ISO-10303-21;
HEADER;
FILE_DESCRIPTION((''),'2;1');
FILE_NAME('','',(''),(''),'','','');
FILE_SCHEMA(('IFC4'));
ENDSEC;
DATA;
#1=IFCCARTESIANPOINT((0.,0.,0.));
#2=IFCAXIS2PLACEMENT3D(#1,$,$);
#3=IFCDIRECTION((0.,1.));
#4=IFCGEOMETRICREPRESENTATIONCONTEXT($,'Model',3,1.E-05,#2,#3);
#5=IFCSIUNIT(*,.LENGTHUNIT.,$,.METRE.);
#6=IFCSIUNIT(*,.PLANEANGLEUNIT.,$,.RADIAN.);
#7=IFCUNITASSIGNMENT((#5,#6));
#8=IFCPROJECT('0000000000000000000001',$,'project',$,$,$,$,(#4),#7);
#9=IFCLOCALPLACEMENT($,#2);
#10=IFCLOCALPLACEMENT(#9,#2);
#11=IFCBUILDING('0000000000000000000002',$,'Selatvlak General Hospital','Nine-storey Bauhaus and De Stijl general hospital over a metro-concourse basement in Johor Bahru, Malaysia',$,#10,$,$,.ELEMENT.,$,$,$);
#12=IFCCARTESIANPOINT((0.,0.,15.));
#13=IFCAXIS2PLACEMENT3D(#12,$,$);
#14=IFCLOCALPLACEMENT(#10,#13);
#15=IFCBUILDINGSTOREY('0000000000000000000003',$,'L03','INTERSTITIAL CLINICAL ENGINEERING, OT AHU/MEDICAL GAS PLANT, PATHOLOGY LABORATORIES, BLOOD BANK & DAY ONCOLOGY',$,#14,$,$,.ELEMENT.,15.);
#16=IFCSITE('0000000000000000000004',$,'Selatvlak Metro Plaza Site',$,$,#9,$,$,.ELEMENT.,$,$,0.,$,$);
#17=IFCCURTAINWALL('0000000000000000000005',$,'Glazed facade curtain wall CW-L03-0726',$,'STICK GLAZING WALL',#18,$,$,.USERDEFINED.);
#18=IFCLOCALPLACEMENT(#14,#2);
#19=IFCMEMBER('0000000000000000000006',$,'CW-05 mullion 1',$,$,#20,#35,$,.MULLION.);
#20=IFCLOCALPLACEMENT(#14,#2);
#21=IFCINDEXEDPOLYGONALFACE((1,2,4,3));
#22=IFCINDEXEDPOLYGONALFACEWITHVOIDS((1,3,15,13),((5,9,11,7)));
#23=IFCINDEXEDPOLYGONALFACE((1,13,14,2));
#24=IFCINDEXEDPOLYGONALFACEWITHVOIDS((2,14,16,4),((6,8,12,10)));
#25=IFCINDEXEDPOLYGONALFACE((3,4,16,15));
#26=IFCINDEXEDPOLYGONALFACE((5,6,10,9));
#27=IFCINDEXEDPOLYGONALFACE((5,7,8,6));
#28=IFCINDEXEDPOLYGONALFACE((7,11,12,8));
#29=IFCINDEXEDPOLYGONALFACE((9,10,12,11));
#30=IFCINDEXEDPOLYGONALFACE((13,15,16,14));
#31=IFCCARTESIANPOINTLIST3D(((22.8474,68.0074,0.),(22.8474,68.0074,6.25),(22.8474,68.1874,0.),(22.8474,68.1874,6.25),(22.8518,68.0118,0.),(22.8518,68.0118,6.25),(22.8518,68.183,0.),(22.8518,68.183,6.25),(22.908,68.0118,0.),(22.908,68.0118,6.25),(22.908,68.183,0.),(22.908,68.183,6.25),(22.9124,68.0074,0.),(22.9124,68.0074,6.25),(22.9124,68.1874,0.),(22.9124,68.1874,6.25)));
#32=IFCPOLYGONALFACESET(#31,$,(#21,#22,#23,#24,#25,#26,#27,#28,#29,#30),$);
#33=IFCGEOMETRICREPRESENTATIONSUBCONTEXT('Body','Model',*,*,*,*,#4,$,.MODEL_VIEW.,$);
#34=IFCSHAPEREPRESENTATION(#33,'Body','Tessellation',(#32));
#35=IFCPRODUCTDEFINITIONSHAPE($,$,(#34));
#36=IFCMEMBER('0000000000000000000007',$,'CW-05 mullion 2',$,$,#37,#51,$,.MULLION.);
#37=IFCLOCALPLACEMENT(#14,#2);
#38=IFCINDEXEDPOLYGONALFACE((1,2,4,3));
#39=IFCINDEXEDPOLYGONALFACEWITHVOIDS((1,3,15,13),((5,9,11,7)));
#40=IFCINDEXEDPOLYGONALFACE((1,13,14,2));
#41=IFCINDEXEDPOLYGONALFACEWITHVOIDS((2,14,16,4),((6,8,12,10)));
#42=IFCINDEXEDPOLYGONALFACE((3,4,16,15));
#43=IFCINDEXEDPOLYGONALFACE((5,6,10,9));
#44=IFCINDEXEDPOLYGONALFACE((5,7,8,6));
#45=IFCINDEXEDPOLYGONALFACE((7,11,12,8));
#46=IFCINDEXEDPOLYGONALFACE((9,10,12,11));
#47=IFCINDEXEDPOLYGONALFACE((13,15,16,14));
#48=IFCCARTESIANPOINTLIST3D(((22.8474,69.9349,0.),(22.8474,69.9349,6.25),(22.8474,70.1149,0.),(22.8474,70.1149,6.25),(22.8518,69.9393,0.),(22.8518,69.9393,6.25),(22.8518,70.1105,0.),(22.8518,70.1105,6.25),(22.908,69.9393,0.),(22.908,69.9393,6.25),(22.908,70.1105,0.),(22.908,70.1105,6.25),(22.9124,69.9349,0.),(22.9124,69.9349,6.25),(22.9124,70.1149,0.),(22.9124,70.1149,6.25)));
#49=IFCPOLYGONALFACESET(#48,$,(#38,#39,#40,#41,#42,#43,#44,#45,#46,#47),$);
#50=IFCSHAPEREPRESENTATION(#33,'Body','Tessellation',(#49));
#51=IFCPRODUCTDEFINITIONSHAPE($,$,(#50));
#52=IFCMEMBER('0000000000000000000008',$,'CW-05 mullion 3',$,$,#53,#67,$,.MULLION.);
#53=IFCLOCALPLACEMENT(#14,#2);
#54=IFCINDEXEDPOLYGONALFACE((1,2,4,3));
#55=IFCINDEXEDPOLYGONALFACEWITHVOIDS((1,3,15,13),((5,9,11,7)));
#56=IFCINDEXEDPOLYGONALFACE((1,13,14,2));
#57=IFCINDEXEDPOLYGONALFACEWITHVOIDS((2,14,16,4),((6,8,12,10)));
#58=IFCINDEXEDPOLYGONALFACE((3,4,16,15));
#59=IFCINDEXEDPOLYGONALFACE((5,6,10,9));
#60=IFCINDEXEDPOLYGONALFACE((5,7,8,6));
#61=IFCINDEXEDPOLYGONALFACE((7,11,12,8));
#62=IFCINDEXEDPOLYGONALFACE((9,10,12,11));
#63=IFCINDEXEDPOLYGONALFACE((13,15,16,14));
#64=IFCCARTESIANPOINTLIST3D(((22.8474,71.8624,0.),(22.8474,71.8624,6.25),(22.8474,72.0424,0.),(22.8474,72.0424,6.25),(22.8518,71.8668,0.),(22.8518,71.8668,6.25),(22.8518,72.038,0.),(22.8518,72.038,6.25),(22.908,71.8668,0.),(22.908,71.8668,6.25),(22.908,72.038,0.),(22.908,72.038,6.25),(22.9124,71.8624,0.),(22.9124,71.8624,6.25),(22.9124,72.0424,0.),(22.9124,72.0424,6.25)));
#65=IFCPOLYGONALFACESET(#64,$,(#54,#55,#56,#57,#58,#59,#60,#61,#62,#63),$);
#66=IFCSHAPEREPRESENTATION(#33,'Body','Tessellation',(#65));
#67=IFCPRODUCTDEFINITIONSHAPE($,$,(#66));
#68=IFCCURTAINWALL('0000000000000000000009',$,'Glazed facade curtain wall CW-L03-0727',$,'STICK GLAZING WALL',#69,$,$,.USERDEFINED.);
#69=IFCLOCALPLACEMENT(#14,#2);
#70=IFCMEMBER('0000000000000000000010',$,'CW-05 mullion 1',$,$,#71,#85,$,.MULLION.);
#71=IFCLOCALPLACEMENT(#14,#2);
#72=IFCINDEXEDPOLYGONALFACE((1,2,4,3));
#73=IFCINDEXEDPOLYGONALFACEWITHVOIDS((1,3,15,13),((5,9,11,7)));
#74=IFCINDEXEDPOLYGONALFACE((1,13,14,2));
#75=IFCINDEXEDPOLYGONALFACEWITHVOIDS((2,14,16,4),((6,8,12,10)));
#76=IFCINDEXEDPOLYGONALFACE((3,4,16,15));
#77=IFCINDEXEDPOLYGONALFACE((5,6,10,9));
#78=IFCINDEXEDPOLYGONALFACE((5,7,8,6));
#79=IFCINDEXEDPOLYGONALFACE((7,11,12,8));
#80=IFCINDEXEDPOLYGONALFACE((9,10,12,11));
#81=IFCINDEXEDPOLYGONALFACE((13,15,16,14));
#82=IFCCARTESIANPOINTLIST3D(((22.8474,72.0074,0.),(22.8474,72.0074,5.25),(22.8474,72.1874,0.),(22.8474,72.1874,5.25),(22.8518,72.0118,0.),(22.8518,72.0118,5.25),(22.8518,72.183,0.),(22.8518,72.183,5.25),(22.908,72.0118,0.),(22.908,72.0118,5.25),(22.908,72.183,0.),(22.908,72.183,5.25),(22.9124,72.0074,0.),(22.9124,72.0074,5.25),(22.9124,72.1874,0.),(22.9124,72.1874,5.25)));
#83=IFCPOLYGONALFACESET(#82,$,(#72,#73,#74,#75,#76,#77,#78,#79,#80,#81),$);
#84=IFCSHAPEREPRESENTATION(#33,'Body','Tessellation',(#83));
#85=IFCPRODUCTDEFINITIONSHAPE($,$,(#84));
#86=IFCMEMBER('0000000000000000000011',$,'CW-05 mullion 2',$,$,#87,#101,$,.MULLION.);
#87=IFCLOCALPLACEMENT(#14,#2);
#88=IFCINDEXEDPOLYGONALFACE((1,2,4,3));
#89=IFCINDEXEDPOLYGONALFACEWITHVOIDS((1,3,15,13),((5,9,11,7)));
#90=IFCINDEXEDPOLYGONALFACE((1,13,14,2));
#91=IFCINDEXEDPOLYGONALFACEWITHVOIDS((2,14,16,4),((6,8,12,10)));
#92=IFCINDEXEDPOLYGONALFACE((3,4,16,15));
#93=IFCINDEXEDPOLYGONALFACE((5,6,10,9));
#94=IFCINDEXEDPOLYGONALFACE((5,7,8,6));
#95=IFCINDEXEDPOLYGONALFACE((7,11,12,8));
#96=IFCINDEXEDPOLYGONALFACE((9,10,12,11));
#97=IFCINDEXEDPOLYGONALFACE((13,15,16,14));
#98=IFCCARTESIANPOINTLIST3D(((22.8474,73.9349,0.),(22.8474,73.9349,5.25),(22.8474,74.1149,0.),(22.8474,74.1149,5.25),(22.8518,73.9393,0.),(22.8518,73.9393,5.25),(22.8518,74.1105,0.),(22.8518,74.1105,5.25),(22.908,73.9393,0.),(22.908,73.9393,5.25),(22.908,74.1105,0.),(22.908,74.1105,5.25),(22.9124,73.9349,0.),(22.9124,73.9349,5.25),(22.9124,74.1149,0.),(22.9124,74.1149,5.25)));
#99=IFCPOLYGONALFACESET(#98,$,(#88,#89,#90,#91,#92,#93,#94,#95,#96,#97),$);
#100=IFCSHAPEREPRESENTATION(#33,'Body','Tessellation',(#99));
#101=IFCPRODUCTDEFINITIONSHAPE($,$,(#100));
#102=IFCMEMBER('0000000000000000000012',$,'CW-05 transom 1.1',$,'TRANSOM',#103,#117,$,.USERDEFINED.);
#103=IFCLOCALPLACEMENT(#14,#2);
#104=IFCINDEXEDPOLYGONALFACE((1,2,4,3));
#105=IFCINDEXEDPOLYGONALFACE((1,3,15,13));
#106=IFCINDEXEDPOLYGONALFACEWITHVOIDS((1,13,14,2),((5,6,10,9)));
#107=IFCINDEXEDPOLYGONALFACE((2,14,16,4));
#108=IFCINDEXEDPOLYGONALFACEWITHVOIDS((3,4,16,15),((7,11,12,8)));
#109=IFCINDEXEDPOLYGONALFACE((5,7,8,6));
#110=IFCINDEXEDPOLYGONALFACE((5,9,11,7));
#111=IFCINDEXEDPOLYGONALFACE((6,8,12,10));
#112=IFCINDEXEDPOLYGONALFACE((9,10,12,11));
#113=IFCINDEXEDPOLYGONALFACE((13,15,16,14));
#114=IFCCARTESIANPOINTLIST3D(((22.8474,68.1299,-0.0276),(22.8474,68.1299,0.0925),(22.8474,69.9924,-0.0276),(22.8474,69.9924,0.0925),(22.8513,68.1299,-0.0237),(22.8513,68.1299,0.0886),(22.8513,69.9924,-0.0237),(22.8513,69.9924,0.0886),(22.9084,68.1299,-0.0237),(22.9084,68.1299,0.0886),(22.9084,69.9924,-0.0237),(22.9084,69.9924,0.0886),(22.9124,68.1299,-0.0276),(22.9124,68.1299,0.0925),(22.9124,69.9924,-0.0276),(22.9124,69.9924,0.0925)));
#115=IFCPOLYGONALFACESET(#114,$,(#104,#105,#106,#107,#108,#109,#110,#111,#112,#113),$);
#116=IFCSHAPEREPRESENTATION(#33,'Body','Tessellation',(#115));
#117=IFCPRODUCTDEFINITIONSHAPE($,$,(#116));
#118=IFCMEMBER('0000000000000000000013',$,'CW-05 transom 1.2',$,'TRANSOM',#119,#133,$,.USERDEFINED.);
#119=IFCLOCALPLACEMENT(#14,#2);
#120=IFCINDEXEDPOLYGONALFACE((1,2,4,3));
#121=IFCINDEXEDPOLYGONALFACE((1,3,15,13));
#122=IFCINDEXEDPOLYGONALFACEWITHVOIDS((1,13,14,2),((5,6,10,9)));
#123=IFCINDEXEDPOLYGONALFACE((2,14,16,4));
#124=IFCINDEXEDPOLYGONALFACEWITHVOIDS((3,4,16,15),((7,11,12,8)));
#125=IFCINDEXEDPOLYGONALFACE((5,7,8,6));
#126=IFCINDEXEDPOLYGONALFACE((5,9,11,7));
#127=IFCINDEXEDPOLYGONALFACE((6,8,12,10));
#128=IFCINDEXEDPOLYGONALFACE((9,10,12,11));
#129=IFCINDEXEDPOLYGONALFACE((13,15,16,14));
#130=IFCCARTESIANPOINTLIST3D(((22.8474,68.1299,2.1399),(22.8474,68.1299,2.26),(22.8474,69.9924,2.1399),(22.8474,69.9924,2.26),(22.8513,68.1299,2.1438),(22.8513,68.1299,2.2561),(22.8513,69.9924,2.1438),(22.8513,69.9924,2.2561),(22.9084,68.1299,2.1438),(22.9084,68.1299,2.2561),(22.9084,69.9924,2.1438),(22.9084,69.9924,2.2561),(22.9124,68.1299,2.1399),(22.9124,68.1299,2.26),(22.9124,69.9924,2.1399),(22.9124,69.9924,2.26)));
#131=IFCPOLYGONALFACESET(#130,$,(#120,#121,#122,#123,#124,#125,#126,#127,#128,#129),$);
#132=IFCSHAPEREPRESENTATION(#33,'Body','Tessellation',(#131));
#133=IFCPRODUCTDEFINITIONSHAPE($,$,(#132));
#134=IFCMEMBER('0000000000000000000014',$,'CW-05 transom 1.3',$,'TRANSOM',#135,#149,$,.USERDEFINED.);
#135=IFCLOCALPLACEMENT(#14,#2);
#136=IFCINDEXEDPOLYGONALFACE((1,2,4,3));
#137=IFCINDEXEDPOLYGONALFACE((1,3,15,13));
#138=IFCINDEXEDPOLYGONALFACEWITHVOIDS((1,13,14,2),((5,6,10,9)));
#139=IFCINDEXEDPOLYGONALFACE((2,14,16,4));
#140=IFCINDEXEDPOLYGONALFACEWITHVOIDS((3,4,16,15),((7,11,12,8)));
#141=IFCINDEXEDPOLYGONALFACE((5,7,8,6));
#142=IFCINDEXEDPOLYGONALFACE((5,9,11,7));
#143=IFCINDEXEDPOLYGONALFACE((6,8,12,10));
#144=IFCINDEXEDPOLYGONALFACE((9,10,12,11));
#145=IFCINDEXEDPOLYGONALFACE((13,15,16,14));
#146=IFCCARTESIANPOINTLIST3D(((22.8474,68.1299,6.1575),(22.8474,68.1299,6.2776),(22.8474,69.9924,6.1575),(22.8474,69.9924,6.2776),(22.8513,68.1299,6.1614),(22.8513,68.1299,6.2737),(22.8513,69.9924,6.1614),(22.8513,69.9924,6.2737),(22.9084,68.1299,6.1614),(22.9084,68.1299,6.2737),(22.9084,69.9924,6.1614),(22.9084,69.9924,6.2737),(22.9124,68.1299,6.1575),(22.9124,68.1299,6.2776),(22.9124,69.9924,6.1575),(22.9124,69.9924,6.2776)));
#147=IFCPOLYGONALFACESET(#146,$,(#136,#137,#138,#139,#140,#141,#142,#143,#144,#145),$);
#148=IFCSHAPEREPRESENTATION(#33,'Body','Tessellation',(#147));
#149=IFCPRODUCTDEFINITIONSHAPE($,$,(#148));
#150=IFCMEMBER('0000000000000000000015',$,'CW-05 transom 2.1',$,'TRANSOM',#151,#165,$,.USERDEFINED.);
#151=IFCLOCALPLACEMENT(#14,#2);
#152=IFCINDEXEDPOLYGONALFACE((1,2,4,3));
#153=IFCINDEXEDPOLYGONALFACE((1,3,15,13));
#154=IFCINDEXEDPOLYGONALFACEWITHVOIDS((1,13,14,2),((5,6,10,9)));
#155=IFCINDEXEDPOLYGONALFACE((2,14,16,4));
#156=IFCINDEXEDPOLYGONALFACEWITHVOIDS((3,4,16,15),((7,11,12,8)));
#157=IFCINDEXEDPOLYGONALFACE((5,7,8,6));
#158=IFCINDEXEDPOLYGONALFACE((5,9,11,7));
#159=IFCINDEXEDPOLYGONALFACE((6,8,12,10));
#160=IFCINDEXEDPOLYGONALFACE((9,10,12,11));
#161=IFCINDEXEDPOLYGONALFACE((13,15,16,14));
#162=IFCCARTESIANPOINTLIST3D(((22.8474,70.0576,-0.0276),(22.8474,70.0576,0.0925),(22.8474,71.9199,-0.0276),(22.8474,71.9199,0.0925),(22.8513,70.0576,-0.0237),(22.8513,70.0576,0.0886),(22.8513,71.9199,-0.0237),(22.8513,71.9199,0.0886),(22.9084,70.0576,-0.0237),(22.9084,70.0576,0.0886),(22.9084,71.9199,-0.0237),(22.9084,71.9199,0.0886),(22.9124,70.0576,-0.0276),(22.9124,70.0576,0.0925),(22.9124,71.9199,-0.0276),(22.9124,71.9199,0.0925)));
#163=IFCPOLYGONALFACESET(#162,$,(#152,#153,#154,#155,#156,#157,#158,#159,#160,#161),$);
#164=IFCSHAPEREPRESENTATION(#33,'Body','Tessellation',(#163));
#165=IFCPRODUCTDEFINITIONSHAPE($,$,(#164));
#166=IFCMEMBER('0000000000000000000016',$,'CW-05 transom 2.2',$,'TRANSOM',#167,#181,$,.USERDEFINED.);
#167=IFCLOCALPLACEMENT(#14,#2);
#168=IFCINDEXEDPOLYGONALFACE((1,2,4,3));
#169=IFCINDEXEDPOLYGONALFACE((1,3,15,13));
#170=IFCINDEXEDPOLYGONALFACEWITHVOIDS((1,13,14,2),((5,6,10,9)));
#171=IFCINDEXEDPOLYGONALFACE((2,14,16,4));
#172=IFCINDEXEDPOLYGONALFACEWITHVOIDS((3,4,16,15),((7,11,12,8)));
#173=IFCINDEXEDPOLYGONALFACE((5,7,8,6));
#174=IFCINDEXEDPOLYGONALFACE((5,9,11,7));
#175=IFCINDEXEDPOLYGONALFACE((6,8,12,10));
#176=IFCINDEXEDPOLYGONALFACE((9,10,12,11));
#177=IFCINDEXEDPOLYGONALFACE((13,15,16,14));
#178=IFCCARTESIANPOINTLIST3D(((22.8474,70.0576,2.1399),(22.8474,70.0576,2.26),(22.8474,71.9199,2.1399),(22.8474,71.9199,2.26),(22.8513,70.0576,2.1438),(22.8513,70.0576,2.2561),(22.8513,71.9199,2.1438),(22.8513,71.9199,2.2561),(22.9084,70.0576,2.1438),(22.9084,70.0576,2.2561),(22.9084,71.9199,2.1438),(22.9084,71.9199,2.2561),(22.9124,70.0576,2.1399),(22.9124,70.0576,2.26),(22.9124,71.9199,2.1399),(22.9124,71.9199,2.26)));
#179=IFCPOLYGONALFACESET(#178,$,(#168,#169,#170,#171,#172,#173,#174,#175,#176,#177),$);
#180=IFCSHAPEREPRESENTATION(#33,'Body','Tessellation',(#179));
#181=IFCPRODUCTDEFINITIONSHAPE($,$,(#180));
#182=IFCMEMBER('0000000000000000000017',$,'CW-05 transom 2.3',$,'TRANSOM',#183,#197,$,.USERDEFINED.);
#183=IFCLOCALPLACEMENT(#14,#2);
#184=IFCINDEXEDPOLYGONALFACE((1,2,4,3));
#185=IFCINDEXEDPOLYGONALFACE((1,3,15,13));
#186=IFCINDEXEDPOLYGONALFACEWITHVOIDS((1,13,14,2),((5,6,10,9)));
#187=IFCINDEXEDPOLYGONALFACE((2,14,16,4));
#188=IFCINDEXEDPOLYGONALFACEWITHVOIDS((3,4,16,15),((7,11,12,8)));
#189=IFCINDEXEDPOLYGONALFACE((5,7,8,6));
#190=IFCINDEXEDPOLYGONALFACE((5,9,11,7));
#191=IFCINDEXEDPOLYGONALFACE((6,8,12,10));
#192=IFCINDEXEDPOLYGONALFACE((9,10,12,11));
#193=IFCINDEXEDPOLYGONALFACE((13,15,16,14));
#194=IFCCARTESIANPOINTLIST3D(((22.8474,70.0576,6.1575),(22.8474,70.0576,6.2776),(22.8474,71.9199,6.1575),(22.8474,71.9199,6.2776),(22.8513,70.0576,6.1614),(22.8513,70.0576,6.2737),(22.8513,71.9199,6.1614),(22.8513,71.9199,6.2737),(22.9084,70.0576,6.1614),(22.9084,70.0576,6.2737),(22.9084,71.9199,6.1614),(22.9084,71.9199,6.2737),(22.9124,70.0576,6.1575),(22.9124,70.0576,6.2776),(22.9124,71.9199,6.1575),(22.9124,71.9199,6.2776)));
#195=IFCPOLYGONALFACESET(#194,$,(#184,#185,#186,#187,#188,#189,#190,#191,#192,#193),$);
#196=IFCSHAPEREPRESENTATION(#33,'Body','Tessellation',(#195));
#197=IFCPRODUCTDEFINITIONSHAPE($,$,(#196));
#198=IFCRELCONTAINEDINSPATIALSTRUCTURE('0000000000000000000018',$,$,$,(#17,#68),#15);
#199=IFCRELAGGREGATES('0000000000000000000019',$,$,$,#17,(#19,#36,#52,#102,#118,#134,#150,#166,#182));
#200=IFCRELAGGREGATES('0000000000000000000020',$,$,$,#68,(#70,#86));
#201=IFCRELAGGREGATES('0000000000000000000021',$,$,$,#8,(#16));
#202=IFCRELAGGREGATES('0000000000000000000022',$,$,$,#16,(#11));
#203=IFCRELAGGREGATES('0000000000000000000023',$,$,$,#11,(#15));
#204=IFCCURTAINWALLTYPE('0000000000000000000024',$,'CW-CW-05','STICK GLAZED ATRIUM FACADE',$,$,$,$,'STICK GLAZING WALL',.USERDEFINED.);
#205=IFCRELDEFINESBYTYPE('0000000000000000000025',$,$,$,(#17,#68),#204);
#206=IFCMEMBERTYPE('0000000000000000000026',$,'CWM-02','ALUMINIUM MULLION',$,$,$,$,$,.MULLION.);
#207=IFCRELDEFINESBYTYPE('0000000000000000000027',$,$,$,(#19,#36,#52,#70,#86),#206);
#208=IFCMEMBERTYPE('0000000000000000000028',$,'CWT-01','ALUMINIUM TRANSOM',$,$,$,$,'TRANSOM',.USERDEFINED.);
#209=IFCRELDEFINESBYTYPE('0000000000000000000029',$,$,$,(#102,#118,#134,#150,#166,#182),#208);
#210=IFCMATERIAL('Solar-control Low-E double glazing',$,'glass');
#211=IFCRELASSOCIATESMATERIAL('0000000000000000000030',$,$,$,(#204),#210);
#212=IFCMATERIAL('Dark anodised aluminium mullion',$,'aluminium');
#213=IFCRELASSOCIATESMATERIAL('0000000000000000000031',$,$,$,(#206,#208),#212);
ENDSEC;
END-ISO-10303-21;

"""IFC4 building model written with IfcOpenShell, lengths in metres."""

from ifc_helpers import new_model, si_unit, direction, frame, origin, origin_2d, place, context, subcontext, project, spatial, hollow_rectangle, extrude, material, material_profile, profile_set, type_object, element, aggregate, save


model = new_model("IFC4")

# Units and contexts
model_context = context("Model", 3, precision=1e-05, world=origin(), true_north=direction((0.0, 1.0)))
body_context = subcontext(model_context, "Body", "Model", "MODEL_VIEW")
ifc_project = project(units=[si_unit("LENGTHUNIT", "METRE"), si_unit("PLANEANGLEUNIT", "RADIAN")], contexts=[model_context])

# Site, building, storey
site_placement = place(None, origin())
site = spatial("IfcSite", under=ifc_project, at=site_placement, Name="Selatvlak Metro Plaza Site", CompositionType="ELEMENT", RefElevation=0.0)
building_placement = place(site_placement, origin())
building = spatial("IfcBuilding", under=site, at=building_placement, Name="Selatvlak General Hospital", Description="Nine-storey Bauhaus and De Stijl general hospital over a metro-concourse basement in Johor Bahru, Malaysia", CompositionType="ELEMENT")
storey_placement = place(building_placement, frame((0.0, 0.0, 15.0)))
storey = spatial("IfcBuildingStorey", under=building, at=storey_placement, Name="L03", Description="INTERSTITIAL CLINICAL ENGINEERING, OT AHU/MEDICAL GAS PLANT, PATHOLOGY LABORATORIES, BLOOD BANK & DAY ONCOLOGY", CompositionType="ELEMENT", Elevation=15.0)

# Curtain walls, members
ifc_material_1 = material(Name="Solar-control Low-E double glazing", Category="glass")
curtain_wall_type = type_object("IfcCurtainWallType", Name="CW-CW-05", Description="STICK GLAZED ATRIUM FACADE", ElementType="STICK GLAZING WALL", PredefinedType="USERDEFINED", material=ifc_material_1)
curtain_wall_1_placement = place(storey_placement, origin())
curtain_wall_1 = element("IfcCurtainWall", 1, at=curtain_wall_1_placement, inside=storey, type_object=curtain_wall_type, Name="Glazed facade curtain wall CW-L03-0726", ObjectType="STICK GLAZING WALL", PredefinedType="USERDEFINED")
ifc_material_2 = material(Name="Dark anodised aluminium mullion", Category="aluminium")
ifc_material_profile_1 = material_profile(ifc_material_2, hollow_rectangle(XDim=0.0649, YDim=0.1799, WallThickness=0.0044, at=origin_2d()), Name="AL-MUL 65x180x4.5")
ifc_profile_set_1 = profile_set([ifc_material_profile_1], Name="Dark anodised aluminium mullion")
member_type_1 = type_object("IfcMemberType", Name="CWM-02", Description="ALUMINIUM MULLION", PredefinedType="MULLION", material=ifc_profile_set_1)
member_1_placement = place(storey_placement, frame((22.8799, 68.0974, 0.0), z_axis=(0.0, 0.0, 1.0), x_axis=(-1.0, 0.0, 0.0)))
member_1 = element("IfcMember", 2, at=member_1_placement, type_object=member_type_1, Name="CW-05 mullion 1", PredefinedType="MULLION", context=body_context, shape_type="SweptSolid", body=[
    extrude(hollow_rectangle(XDim=0.0649, YDim=0.1799, WallThickness=0.0044, at=origin_2d()), origin(), (0.0, 0.0, 1.0), 6.25),
])
member_2_placement = place(storey_placement, frame((22.8799, 70.0249, 0.0), z_axis=(0.0, 0.0, 1.0), x_axis=(-1.0, 0.0, 0.0)))
member_2 = element("IfcMember", 3, at=member_2_placement, type_object=member_type_1, Name="CW-05 mullion 2", PredefinedType="MULLION", context=body_context, shape_type="SweptSolid", body=[
    extrude(hollow_rectangle(XDim=0.0649, YDim=0.1799, WallThickness=0.0044, at=origin_2d()), origin(), (0.0, 0.0, 1.0), 6.25),
])
member_3_placement = place(storey_placement, frame((22.8799, 71.9524, 0.0), z_axis=(0.0, 0.0, 1.0), x_axis=(-1.0, 0.0, 0.0)))
member_3 = element("IfcMember", 4, at=member_3_placement, type_object=member_type_1, Name="CW-05 mullion 3", PredefinedType="MULLION", context=body_context, shape_type="SweptSolid", body=[
    extrude(hollow_rectangle(XDim=0.0649, YDim=0.1799, WallThickness=0.0044, at=origin_2d()), origin(), (0.0, 0.0, 1.0), 6.25),
])
curtain_wall_2_placement = place(storey_placement, origin())
curtain_wall_2 = element("IfcCurtainWall", 5, at=curtain_wall_2_placement, inside=storey, type_object=curtain_wall_type, Name="Glazed facade curtain wall CW-L03-0727", ObjectType="STICK GLAZING WALL", PredefinedType="USERDEFINED")
member_4_placement = place(storey_placement, frame((22.8799, 72.0974, 0.0), z_axis=(0.0, 0.0, 1.0), x_axis=(-1.0, 0.0, 0.0)))
member_4 = element("IfcMember", 6, at=member_4_placement, type_object=member_type_1, Name="CW-05 mullion 1", PredefinedType="MULLION", context=body_context, shape_type="SweptSolid", body=[
    extrude(hollow_rectangle(XDim=0.0649, YDim=0.1799, WallThickness=0.0044, at=origin_2d()), origin(), (0.0, 0.0, 1.0), 5.25),
])
member_5_placement = place(storey_placement, frame((22.8799, 74.0249, 0.0), z_axis=(0.0, 0.0, 1.0), x_axis=(-1.0, 0.0, 0.0)))
member_5 = element("IfcMember", 7, at=member_5_placement, type_object=member_type_1, Name="CW-05 mullion 2", PredefinedType="MULLION", context=body_context, shape_type="SweptSolid", body=[
    extrude(hollow_rectangle(XDim=0.0649, YDim=0.1799, WallThickness=0.0044, at=origin_2d()), origin(), (0.0, 0.0, 1.0), 5.25),
])

# Members
ifc_material_profile_2 = material_profile(ifc_material_2, hollow_rectangle(XDim=0.0649, YDim=0.1201, WallThickness=0.0039, at=origin_2d()), Name="AL-TRN 65x120x4")
ifc_profile_set_2 = profile_set([ifc_material_profile_2], Name="Dark anodised aluminium mullion")
member_type_2 = type_object("IfcMemberType", Name="CWT-01", Description="ALUMINIUM TRANSOM", ElementType="TRANSOM", PredefinedType="USERDEFINED", material=ifc_profile_set_2)
member_6_placement = place(storey_placement, frame((22.8799, 68.1299, 0.0325), z_axis=(0.0, 1.0, 0.0), x_axis=(-1.0, 0.0, 0.0)))
member_6 = element("IfcMember", 8, at=member_6_placement, type_object=member_type_2, Name="CW-05 transom 1.1", ObjectType="TRANSOM", PredefinedType="USERDEFINED", context=body_context, shape_type="SweptSolid", body=[
    extrude(hollow_rectangle(XDim=0.0649, YDim=0.1201, WallThickness=0.0039, at=origin_2d()), origin(), (0.0, 0.0, 1.0), 1.8625),
])
member_7_placement = place(storey_placement, frame((22.8799, 68.1299, 2.2), z_axis=(0.0, 1.0, 0.0), x_axis=(-1.0, 0.0, 0.0)))
member_7 = element("IfcMember", 9, at=member_7_placement, type_object=member_type_2, Name="CW-05 transom 1.2", ObjectType="TRANSOM", PredefinedType="USERDEFINED", context=body_context, shape_type="SweptSolid", body=[
    extrude(hollow_rectangle(XDim=0.0649, YDim=0.1201, WallThickness=0.0039, at=origin_2d()), origin(), (0.0, 0.0, 1.0), 1.8625),
])
member_8_placement = place(storey_placement, frame((22.8799, 68.1299, 6.2175), z_axis=(0.0, 1.0, 0.0), x_axis=(-1.0, 0.0, 0.0)))
member_8 = element("IfcMember", 10, at=member_8_placement, type_object=member_type_2, Name="CW-05 transom 1.3", ObjectType="TRANSOM", PredefinedType="USERDEFINED", context=body_context, shape_type="SweptSolid", body=[
    extrude(hollow_rectangle(XDim=0.0649, YDim=0.1201, WallThickness=0.0039, at=origin_2d()), origin(), (0.0, 0.0, 1.0), 1.8625),
])
member_9_placement = place(storey_placement, frame((22.8799, 70.0576, 0.0325), z_axis=(0.0, 1.0, 0.0), x_axis=(-1.0, 0.0, 0.0)))
member_9 = element("IfcMember", 11, at=member_9_placement, type_object=member_type_2, Name="CW-05 transom 2.1", ObjectType="TRANSOM", PredefinedType="USERDEFINED", context=body_context, shape_type="SweptSolid", body=[
    extrude(hollow_rectangle(XDim=0.0649, YDim=0.1201, WallThickness=0.0039, at=origin_2d()), origin(), (0.0, 0.0, 1.0), 1.8623),
])
member_10_placement = place(storey_placement, frame((22.8799, 70.0576, 2.2), z_axis=(0.0, 1.0, 0.0), x_axis=(-1.0, 0.0, 0.0)))
member_10 = element("IfcMember", 12, at=member_10_placement, type_object=member_type_2, Name="CW-05 transom 2.2", ObjectType="TRANSOM", PredefinedType="USERDEFINED", context=body_context, shape_type="SweptSolid", body=[
    extrude(hollow_rectangle(XDim=0.0649, YDim=0.1201, WallThickness=0.0039, at=origin_2d()), origin(), (0.0, 0.0, 1.0), 1.8623),
])
member_11_placement = place(storey_placement, frame((22.8799, 70.0576, 6.2175), z_axis=(0.0, 1.0, 0.0), x_axis=(-1.0, 0.0, 0.0)))
member_11 = element("IfcMember", 13, at=member_11_placement, type_object=member_type_2, Name="CW-05 transom 2.3", ObjectType="TRANSOM", PredefinedType="USERDEFINED", context=body_context, shape_type="SweptSolid", body=[
    extrude(hollow_rectangle(XDim=0.0649, YDim=0.1201, WallThickness=0.0039, at=origin_2d()), origin(), (0.0, 0.0, 1.0), 1.8623),
])

aggregate(curtain_wall_1, [member_1, member_2, member_3, member_6, member_7, member_8, member_9, member_10, member_11])
aggregate(curtain_wall_2, [member_4, member_5])

save(model, "model.ifc")
